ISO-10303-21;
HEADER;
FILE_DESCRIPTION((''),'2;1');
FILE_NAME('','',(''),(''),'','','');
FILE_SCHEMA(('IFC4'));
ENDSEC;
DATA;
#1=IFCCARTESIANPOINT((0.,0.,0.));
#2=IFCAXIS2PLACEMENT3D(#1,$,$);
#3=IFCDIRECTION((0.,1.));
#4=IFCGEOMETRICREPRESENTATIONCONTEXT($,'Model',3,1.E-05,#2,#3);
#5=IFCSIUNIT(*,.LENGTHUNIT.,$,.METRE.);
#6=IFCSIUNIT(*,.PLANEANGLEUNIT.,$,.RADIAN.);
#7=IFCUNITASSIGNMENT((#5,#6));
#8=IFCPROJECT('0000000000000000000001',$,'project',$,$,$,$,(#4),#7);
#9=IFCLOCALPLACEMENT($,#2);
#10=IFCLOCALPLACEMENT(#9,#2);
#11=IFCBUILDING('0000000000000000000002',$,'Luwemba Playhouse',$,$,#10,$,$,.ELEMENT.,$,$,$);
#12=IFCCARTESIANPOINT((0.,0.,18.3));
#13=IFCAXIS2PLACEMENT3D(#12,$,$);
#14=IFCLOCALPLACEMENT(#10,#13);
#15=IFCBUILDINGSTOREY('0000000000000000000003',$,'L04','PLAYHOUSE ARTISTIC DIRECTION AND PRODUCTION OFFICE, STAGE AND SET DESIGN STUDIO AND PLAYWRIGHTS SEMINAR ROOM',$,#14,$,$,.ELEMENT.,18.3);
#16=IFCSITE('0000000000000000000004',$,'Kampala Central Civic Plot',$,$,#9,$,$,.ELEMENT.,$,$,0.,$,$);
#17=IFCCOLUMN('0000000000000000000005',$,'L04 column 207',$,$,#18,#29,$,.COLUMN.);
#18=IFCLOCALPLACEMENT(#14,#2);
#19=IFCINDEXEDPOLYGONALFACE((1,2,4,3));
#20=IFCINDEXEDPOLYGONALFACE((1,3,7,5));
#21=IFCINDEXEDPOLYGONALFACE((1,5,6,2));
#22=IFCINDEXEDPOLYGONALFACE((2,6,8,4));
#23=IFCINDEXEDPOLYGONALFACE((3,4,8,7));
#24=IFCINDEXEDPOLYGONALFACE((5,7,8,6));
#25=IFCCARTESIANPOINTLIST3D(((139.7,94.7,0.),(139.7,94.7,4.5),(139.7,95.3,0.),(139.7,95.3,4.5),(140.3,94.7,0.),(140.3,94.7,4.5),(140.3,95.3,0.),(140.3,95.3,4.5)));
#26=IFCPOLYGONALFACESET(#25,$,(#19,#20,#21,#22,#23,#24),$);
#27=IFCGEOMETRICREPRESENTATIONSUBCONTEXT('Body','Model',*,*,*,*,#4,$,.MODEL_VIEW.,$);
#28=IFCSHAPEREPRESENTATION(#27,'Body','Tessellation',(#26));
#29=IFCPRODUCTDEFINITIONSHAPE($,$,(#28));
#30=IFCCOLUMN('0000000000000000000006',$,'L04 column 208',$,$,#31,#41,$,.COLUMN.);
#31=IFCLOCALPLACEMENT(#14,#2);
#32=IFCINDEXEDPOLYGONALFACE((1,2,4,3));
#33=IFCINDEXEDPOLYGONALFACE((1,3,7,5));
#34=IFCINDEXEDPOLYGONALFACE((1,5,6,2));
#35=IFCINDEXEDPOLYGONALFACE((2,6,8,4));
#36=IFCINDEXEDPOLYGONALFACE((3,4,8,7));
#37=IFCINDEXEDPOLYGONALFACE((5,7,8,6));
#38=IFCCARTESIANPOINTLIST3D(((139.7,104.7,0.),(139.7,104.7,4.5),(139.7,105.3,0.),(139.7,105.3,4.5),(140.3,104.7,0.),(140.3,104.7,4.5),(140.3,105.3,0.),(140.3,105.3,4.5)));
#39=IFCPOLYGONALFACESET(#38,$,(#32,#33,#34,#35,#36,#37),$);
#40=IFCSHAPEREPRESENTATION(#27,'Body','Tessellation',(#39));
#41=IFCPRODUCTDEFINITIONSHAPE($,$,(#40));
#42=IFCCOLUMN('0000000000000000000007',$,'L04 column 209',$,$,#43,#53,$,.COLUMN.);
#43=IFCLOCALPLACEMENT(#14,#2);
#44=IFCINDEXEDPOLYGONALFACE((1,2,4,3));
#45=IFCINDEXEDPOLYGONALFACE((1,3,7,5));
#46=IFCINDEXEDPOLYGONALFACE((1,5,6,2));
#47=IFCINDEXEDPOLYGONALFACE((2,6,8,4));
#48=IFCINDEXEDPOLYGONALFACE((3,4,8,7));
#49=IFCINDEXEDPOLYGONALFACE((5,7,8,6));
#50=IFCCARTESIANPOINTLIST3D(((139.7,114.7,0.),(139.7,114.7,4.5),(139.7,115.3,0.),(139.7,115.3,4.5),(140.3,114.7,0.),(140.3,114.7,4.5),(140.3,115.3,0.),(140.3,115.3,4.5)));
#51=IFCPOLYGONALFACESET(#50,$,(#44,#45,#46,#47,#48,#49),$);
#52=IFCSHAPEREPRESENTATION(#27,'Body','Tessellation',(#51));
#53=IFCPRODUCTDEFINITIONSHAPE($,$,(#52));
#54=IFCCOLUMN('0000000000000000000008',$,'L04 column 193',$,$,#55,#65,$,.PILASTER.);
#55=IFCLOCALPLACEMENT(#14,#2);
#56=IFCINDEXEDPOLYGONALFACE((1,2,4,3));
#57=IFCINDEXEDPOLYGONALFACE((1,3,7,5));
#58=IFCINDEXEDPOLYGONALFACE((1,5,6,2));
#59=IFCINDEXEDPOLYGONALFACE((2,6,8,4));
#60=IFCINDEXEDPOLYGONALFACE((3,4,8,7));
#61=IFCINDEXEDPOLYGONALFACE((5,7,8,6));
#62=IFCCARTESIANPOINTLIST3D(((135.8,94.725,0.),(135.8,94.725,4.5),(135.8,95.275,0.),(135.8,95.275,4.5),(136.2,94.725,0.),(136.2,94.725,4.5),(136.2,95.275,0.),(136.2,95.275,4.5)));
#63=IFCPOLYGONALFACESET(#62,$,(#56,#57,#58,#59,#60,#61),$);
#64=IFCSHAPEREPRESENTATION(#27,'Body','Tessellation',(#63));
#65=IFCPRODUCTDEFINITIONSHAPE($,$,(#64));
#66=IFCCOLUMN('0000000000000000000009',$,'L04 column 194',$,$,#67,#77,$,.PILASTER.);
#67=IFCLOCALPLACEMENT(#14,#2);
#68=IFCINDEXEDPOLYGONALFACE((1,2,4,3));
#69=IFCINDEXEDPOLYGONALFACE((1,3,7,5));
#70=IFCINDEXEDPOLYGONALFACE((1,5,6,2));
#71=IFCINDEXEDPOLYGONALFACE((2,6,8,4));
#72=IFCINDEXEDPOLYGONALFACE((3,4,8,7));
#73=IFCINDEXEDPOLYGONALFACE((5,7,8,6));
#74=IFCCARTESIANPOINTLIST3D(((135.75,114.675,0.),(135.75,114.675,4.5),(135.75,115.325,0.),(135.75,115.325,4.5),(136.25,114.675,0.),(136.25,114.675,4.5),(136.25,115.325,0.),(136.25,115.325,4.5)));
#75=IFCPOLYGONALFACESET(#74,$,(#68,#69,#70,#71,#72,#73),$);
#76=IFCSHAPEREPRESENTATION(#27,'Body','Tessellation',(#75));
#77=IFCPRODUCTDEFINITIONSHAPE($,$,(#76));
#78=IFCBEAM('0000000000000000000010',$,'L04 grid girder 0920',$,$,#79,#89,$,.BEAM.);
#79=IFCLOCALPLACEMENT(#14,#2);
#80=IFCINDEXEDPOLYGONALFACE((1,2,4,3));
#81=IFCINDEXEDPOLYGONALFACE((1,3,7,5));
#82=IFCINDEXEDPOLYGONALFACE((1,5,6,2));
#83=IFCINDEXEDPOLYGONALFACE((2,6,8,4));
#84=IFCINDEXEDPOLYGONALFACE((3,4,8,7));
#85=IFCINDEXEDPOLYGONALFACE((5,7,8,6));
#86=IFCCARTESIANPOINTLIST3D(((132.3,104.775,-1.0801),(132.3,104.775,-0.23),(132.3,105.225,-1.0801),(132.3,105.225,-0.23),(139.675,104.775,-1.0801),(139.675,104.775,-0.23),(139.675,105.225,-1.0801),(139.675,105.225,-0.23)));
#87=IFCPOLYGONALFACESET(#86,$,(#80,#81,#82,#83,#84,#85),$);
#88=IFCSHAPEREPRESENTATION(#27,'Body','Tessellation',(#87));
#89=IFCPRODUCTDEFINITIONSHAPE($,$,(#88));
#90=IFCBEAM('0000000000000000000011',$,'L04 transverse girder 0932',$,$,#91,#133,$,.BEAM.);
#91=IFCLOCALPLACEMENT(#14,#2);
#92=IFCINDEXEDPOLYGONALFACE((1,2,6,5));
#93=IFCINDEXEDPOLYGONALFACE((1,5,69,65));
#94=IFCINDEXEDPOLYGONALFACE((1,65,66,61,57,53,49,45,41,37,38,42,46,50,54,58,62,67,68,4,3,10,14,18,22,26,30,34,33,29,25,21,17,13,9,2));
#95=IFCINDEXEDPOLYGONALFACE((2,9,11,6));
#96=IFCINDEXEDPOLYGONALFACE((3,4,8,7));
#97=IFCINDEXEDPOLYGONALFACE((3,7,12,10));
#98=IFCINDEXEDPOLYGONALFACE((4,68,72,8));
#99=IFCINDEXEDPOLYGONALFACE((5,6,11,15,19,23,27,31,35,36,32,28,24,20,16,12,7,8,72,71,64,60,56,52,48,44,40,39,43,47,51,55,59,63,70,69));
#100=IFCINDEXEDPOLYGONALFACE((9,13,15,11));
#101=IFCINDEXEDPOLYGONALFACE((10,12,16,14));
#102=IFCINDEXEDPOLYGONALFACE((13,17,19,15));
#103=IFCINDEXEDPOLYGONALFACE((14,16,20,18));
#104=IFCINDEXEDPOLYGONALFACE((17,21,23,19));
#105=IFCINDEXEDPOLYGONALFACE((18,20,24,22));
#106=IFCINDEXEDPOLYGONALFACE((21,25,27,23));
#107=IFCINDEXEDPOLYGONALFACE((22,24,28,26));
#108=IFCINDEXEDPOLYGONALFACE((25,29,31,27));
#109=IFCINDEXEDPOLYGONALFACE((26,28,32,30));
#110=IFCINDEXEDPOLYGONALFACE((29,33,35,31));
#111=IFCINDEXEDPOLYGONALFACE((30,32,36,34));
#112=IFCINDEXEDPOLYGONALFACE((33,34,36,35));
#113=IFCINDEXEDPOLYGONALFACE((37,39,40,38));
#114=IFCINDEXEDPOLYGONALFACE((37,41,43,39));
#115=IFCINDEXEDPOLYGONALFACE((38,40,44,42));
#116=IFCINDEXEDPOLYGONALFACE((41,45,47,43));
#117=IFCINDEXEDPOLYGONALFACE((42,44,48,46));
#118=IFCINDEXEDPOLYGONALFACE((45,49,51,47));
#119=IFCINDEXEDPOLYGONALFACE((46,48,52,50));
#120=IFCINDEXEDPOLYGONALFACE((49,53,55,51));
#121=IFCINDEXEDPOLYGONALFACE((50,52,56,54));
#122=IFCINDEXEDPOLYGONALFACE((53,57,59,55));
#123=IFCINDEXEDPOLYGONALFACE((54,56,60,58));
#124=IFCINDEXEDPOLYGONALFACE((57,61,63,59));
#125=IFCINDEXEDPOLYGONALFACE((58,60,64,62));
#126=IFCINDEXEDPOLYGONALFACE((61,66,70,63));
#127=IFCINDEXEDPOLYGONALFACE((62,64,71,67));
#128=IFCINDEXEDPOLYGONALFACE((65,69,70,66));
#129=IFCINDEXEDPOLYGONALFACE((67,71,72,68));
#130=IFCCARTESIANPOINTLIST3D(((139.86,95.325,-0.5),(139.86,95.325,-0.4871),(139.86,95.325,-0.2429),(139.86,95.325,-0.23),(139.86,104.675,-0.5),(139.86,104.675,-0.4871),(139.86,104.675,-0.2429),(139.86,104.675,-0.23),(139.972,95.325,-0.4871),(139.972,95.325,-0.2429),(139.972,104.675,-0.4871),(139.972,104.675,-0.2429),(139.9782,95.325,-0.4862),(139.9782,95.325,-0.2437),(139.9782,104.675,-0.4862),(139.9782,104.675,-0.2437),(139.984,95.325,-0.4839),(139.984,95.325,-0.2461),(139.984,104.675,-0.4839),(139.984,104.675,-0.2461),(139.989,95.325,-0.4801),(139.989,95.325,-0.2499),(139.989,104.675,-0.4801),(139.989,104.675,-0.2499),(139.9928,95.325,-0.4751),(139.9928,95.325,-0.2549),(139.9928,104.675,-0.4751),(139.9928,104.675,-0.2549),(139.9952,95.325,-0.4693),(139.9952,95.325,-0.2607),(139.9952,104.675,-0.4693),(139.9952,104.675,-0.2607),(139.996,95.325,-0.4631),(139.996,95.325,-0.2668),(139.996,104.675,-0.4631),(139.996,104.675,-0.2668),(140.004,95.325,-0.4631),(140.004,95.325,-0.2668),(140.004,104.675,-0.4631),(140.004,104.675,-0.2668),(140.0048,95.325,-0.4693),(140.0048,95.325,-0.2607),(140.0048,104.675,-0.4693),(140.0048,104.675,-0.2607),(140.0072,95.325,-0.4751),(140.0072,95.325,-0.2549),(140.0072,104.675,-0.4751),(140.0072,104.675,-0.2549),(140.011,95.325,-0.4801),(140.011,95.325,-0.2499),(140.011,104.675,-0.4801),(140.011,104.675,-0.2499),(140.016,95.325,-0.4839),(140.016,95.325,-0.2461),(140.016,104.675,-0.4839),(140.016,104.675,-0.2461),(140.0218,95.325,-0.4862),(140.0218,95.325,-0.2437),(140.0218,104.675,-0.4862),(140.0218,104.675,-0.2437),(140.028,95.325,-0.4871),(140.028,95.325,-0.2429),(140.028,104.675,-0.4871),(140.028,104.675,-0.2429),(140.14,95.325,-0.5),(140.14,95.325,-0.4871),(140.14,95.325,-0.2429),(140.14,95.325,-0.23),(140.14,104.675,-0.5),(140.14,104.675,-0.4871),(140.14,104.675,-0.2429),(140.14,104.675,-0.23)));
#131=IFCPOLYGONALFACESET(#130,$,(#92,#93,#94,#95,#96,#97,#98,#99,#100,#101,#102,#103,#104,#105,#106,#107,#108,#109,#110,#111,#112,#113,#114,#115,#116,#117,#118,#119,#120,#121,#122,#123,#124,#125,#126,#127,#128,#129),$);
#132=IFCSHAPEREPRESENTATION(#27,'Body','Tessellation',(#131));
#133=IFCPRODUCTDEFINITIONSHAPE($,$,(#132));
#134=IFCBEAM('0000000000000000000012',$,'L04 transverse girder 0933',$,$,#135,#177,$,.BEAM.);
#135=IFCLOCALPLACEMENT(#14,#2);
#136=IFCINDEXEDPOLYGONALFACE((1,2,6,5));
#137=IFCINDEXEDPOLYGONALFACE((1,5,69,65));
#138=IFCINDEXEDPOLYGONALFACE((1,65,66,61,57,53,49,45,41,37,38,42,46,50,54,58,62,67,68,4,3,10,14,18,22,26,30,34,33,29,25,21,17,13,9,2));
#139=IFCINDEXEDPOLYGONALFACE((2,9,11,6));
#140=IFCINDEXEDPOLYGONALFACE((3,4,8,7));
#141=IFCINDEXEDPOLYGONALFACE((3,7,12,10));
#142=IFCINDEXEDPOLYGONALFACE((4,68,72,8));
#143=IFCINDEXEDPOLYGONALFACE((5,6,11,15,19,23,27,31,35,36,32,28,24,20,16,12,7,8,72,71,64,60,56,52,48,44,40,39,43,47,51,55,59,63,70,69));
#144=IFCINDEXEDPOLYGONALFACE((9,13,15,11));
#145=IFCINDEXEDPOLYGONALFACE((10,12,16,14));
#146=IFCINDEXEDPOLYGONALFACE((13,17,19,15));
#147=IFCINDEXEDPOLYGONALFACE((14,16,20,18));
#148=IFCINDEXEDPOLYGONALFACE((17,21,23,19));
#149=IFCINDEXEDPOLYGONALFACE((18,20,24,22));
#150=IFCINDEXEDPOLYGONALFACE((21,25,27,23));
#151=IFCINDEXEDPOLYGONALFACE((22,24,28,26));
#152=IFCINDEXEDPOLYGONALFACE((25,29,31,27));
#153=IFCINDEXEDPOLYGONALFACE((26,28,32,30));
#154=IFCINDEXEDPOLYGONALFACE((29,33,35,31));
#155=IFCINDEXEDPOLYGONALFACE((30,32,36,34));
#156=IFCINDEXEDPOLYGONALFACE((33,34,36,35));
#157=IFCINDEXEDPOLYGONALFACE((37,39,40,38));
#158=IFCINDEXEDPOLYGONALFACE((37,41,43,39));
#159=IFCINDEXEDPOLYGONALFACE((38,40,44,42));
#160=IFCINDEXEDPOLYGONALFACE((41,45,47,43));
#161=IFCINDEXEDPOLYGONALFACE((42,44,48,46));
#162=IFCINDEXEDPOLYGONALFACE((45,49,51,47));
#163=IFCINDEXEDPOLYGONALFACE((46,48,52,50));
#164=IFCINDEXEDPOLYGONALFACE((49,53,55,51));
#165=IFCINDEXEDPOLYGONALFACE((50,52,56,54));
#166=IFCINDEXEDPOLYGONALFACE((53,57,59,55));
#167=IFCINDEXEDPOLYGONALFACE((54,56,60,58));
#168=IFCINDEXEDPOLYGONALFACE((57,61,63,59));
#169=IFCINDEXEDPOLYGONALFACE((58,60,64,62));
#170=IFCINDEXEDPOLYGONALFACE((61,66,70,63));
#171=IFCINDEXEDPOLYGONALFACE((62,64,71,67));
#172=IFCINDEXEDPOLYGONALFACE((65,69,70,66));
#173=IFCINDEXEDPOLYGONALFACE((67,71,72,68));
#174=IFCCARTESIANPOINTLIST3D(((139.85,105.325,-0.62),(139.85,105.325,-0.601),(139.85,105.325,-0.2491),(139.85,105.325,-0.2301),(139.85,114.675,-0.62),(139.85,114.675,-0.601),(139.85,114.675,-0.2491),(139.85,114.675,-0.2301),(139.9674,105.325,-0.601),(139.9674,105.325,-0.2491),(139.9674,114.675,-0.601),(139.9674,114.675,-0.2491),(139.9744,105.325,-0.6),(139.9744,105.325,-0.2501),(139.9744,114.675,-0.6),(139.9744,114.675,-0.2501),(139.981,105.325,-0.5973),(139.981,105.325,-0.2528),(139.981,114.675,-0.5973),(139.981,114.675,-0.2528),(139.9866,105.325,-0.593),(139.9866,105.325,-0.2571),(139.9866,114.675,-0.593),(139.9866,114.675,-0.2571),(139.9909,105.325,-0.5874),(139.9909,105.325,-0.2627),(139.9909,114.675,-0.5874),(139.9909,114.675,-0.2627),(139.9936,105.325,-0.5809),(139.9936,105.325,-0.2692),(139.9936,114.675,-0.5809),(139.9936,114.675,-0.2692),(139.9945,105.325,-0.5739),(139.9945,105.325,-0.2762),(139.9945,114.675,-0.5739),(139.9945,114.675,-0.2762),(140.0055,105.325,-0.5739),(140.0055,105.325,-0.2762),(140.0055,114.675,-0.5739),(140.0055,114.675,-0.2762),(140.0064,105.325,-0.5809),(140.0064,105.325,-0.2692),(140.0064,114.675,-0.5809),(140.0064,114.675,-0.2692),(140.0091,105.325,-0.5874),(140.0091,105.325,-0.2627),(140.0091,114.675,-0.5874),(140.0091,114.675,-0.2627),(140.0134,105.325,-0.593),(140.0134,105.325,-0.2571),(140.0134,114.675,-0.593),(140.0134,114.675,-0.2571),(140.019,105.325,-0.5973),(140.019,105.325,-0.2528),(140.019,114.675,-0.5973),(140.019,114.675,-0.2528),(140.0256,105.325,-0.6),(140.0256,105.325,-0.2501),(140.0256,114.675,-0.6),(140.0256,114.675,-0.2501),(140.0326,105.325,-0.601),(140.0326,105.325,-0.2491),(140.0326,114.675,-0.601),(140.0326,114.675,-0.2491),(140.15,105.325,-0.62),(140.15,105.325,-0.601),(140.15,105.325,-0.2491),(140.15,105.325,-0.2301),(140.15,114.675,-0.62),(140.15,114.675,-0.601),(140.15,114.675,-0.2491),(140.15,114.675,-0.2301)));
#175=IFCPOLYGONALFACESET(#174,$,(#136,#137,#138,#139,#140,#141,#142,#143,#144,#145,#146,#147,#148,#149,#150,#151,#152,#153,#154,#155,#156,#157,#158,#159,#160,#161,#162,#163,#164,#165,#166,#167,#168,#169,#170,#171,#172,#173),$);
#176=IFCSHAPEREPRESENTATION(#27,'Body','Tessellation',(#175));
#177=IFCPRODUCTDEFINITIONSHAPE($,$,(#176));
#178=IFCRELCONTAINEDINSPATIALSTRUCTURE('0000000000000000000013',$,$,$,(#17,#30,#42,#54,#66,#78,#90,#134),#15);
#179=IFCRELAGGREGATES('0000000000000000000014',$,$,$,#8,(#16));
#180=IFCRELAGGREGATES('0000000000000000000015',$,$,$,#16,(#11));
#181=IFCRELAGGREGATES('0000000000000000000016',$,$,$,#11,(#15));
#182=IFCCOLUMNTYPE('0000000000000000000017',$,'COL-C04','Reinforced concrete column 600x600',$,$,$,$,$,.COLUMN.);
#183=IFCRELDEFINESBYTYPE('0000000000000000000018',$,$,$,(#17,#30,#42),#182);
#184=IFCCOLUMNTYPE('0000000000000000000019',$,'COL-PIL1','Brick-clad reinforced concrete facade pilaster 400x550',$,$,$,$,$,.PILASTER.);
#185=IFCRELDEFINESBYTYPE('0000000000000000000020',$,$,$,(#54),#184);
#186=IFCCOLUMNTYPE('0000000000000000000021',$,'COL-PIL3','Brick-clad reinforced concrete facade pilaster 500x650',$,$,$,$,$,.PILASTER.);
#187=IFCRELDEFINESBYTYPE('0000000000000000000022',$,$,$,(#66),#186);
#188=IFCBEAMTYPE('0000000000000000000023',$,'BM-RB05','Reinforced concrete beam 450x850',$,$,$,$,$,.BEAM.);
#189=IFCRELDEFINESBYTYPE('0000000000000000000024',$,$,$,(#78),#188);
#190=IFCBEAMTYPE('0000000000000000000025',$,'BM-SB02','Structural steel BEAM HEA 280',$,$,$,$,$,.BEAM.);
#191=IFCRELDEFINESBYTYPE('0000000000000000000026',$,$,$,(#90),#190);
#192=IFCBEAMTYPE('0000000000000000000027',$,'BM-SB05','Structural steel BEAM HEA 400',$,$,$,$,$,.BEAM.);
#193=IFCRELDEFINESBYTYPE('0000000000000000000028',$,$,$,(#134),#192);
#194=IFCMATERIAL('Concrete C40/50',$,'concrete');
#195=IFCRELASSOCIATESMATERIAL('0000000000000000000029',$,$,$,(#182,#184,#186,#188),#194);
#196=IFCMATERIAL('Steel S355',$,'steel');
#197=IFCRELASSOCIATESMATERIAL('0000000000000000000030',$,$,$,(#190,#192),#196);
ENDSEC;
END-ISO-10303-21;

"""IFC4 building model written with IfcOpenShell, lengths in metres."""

from ifc_helpers import new_model, si_unit, direction, frame, origin, origin_2d, place, context, subcontext, project, spatial, rectangle, i_section, extrude, material, material_profile, profile_set, type_object, element, save


model = new_model("IFC4")

# Units and contexts
model_context = context("Model", 3, precision=1e-05, world=origin(), true_north=direction((0.0, 1.0)))
body_context = subcontext(model_context, "Body", "Model", "MODEL_VIEW")
ifc_project = project(units=[si_unit("LENGTHUNIT", "METRE"), si_unit("PLANEANGLEUNIT", "RADIAN")], contexts=[model_context])

# Site, building, storey
site_placement = place(None, origin())
site = spatial("IfcSite", under=ifc_project, at=site_placement, Name="Kampala Central Civic Plot", CompositionType="ELEMENT", RefElevation=0.0)
building_placement = place(site_placement, origin())
building = spatial("IfcBuilding", under=site, at=building_placement, Name="Luwemba Playhouse", CompositionType="ELEMENT")
storey_placement = place(building_placement, frame((0.0, 0.0, 18.3)))
storey = spatial("IfcBuildingStorey", under=building, at=storey_placement, Name="L04", Description="PLAYHOUSE ARTISTIC DIRECTION AND PRODUCTION OFFICE, STAGE AND SET DESIGN STUDIO AND PLAYWRIGHTS SEMINAR ROOM", CompositionType="ELEMENT", Elevation=18.3)

# Columns
ifc_material_1 = material(Name="Concrete C40/50", Category="concrete")
ifc_material_profile_1 = material_profile(ifc_material_1, rectangle(XDim=0.6001, YDim=0.6001, at=origin_2d()))
ifc_profile_set_1 = profile_set([ifc_material_profile_1], Name="Concrete C40/50")
column_type_1 = type_object("IfcColumnType", Name="COL-C04", Description="Reinforced concrete column 600x600", PredefinedType="COLUMN", material=ifc_profile_set_1)
for number, where, z_axis, x_axis, name in (
    (1, (140.0, 95.0, 0.0), (0.0, 0.0, 1.0), (1.0, 0.0, 0.0), "L04 column 207"),
    (2, (140.0, 105.0, 0.0), (0.0, 0.0, 1.0), (1.0, 0.0, 0.0), "L04 column 208"),
    (3, (140.0, 115.0, 0.0), (0.0, 0.0, 1.0), (1.0, 0.0, 0.0), "L04 column 209"),
):
    element("IfcColumn", number, at=place(storey_placement, frame(where, z_axis=z_axis, x_axis=x_axis)), inside=storey, type_object=column_type_1, Name=name, PredefinedType="COLUMN", context=body_context, shape_type="SweptSolid", body=[
        extrude(rectangle(XDim=0.6001, YDim=0.6001, at=origin_2d()), origin(), (0.0, 0.0, 1.0), 4.5),
    ])
ifc_material_profile_2 = material_profile(ifc_material_1, rectangle(XDim=0.3999, YDim=0.55, at=origin_2d()))
ifc_profile_set_2 = profile_set([ifc_material_profile_2], Name="Concrete C40/50")
column_type_2 = type_object("IfcColumnType", Name="COL-PIL1", Description="Brick-clad reinforced concrete facade pilaster 400x550", PredefinedType="PILASTER", material=ifc_profile_set_2)
column_1_placement = place(storey_placement, frame((136.0, 95.0, 0.0), z_axis=(0.0, 0.0, 1.0), x_axis=(1.0, 0.0, 0.0)))
element("IfcColumn", 4, at=column_1_placement, inside=storey, type_object=column_type_2, Name="L04 column 193", PredefinedType="PILASTER", context=body_context, shape_type="SweptSolid", body=[
    extrude(rectangle(XDim=0.3999, YDim=0.55, at=origin_2d()), origin(), (0.0, 0.0, 1.0), 4.5),
])
ifc_material_profile_3 = material_profile(ifc_material_1, rectangle(XDim=0.5, YDim=0.6499, at=origin_2d()))
ifc_profile_set_3 = profile_set([ifc_material_profile_3], Name="Concrete C40/50")
column_type_3 = type_object("IfcColumnType", Name="COL-PIL3", Description="Brick-clad reinforced concrete facade pilaster 500x650", PredefinedType="PILASTER", material=ifc_profile_set_3)
column_2_placement = place(storey_placement, frame((136.0, 115.0, 0.0), z_axis=(0.0, 0.0, 1.0), x_axis=(1.0, 0.0, 0.0)))
element("IfcColumn", 5, at=column_2_placement, inside=storey, type_object=column_type_3, Name="L04 column 194", PredefinedType="PILASTER", context=body_context, shape_type="SweptSolid", body=[
    extrude(rectangle(XDim=0.5, YDim=0.6499, at=origin_2d()), origin(), (0.0, 0.0, 1.0), 4.5),
])

# Beams
ifc_material_profile_4 = material_profile(ifc_material_1, rectangle(XDim=0.45, YDim=0.8501, at=origin_2d()))
ifc_profile_set_4 = profile_set([ifc_material_profile_4], Name="Concrete C40/50")
beam_type_1 = type_object("IfcBeamType", Name="BM-RB05", Description="Reinforced concrete beam 450x850", PredefinedType="BEAM", material=ifc_profile_set_4)
beam_1_placement = place(storey_placement, frame((132.3, 105.0, -0.655), z_axis=(1.0, 0.0, 0.0), x_axis=(0.0, 1.0, 0.0)))
element("IfcBeam", 6, at=beam_1_placement, inside=storey, type_object=beam_type_1, Name="L04 grid girder 0920", PredefinedType="BEAM", context=body_context, shape_type="SweptSolid", body=[
    extrude(rectangle(XDim=0.45, YDim=0.8501, at=origin_2d()), origin(), (0.0, 0.0, 1.0), 7.375),
])
ifc_material_2 = material(Name="Steel S355", Category="steel")
ifc_material_profile_5 = material_profile(ifc_material_2, i_section(OverallWidth=0.28, OverallDepth=0.27, WebThickness=0.0081, FlangeThickness=0.0129, FilletRadius=0.0239, at=origin_2d()))
ifc_profile_set_5 = profile_set([ifc_material_profile_5], Name="Steel S355")
beam_type_2 = type_object("IfcBeamType", Name="BM-SB02", Description="Structural steel BEAM HEA 280", PredefinedType="BEAM", material=ifc_profile_set_5)
beam_2_placement = place(storey_placement, frame((140.0, 95.325, -0.365), z_axis=(0.0, 1.0, 0.0), x_axis=(-1.0, 0.0, 0.0)))
element("IfcBeam", 7, at=beam_2_placement, inside=storey, type_object=beam_type_2, Name="L04 transverse girder 0932", PredefinedType="BEAM", context=body_context, shape_type="SweptSolid", body=[
    extrude(i_section(OverallWidth=0.28, OverallDepth=0.27, WebThickness=0.0081, FlangeThickness=0.0129, FilletRadius=0.0239, at=origin_2d()), origin(), (0.0, 0.0, 1.0), 9.3501),
])
ifc_material_profile_6 = material_profile(ifc_material_2, i_section(OverallWidth=0.3, OverallDepth=0.3899, WebThickness=0.011, FlangeThickness=0.019, FilletRadius=0.0271, at=origin_2d()))
ifc_profile_set_6 = profile_set([ifc_material_profile_6], Name="Steel S355")
beam_type_3 = type_object("IfcBeamType", Name="BM-SB05", Description="Structural steel BEAM HEA 400", PredefinedType="BEAM", material=ifc_profile_set_6)
beam_3_placement = place(storey_placement, frame((140.0, 105.325, -0.425), z_axis=(0.0, 1.0, 0.0), x_axis=(-1.0, 0.0, 0.0)))
element("IfcBeam", 8, at=beam_3_placement, inside=storey, type_object=beam_type_3, Name="L04 transverse girder 0933", PredefinedType="BEAM", context=body_context, shape_type="SweptSolid", body=[
    extrude(i_section(OverallWidth=0.3, OverallDepth=0.3899, WebThickness=0.011, FlangeThickness=0.019, FilletRadius=0.0271, at=origin_2d()), origin(), (0.0, 0.0, 1.0), 9.3501),
])

save(model, "model.ifc")
